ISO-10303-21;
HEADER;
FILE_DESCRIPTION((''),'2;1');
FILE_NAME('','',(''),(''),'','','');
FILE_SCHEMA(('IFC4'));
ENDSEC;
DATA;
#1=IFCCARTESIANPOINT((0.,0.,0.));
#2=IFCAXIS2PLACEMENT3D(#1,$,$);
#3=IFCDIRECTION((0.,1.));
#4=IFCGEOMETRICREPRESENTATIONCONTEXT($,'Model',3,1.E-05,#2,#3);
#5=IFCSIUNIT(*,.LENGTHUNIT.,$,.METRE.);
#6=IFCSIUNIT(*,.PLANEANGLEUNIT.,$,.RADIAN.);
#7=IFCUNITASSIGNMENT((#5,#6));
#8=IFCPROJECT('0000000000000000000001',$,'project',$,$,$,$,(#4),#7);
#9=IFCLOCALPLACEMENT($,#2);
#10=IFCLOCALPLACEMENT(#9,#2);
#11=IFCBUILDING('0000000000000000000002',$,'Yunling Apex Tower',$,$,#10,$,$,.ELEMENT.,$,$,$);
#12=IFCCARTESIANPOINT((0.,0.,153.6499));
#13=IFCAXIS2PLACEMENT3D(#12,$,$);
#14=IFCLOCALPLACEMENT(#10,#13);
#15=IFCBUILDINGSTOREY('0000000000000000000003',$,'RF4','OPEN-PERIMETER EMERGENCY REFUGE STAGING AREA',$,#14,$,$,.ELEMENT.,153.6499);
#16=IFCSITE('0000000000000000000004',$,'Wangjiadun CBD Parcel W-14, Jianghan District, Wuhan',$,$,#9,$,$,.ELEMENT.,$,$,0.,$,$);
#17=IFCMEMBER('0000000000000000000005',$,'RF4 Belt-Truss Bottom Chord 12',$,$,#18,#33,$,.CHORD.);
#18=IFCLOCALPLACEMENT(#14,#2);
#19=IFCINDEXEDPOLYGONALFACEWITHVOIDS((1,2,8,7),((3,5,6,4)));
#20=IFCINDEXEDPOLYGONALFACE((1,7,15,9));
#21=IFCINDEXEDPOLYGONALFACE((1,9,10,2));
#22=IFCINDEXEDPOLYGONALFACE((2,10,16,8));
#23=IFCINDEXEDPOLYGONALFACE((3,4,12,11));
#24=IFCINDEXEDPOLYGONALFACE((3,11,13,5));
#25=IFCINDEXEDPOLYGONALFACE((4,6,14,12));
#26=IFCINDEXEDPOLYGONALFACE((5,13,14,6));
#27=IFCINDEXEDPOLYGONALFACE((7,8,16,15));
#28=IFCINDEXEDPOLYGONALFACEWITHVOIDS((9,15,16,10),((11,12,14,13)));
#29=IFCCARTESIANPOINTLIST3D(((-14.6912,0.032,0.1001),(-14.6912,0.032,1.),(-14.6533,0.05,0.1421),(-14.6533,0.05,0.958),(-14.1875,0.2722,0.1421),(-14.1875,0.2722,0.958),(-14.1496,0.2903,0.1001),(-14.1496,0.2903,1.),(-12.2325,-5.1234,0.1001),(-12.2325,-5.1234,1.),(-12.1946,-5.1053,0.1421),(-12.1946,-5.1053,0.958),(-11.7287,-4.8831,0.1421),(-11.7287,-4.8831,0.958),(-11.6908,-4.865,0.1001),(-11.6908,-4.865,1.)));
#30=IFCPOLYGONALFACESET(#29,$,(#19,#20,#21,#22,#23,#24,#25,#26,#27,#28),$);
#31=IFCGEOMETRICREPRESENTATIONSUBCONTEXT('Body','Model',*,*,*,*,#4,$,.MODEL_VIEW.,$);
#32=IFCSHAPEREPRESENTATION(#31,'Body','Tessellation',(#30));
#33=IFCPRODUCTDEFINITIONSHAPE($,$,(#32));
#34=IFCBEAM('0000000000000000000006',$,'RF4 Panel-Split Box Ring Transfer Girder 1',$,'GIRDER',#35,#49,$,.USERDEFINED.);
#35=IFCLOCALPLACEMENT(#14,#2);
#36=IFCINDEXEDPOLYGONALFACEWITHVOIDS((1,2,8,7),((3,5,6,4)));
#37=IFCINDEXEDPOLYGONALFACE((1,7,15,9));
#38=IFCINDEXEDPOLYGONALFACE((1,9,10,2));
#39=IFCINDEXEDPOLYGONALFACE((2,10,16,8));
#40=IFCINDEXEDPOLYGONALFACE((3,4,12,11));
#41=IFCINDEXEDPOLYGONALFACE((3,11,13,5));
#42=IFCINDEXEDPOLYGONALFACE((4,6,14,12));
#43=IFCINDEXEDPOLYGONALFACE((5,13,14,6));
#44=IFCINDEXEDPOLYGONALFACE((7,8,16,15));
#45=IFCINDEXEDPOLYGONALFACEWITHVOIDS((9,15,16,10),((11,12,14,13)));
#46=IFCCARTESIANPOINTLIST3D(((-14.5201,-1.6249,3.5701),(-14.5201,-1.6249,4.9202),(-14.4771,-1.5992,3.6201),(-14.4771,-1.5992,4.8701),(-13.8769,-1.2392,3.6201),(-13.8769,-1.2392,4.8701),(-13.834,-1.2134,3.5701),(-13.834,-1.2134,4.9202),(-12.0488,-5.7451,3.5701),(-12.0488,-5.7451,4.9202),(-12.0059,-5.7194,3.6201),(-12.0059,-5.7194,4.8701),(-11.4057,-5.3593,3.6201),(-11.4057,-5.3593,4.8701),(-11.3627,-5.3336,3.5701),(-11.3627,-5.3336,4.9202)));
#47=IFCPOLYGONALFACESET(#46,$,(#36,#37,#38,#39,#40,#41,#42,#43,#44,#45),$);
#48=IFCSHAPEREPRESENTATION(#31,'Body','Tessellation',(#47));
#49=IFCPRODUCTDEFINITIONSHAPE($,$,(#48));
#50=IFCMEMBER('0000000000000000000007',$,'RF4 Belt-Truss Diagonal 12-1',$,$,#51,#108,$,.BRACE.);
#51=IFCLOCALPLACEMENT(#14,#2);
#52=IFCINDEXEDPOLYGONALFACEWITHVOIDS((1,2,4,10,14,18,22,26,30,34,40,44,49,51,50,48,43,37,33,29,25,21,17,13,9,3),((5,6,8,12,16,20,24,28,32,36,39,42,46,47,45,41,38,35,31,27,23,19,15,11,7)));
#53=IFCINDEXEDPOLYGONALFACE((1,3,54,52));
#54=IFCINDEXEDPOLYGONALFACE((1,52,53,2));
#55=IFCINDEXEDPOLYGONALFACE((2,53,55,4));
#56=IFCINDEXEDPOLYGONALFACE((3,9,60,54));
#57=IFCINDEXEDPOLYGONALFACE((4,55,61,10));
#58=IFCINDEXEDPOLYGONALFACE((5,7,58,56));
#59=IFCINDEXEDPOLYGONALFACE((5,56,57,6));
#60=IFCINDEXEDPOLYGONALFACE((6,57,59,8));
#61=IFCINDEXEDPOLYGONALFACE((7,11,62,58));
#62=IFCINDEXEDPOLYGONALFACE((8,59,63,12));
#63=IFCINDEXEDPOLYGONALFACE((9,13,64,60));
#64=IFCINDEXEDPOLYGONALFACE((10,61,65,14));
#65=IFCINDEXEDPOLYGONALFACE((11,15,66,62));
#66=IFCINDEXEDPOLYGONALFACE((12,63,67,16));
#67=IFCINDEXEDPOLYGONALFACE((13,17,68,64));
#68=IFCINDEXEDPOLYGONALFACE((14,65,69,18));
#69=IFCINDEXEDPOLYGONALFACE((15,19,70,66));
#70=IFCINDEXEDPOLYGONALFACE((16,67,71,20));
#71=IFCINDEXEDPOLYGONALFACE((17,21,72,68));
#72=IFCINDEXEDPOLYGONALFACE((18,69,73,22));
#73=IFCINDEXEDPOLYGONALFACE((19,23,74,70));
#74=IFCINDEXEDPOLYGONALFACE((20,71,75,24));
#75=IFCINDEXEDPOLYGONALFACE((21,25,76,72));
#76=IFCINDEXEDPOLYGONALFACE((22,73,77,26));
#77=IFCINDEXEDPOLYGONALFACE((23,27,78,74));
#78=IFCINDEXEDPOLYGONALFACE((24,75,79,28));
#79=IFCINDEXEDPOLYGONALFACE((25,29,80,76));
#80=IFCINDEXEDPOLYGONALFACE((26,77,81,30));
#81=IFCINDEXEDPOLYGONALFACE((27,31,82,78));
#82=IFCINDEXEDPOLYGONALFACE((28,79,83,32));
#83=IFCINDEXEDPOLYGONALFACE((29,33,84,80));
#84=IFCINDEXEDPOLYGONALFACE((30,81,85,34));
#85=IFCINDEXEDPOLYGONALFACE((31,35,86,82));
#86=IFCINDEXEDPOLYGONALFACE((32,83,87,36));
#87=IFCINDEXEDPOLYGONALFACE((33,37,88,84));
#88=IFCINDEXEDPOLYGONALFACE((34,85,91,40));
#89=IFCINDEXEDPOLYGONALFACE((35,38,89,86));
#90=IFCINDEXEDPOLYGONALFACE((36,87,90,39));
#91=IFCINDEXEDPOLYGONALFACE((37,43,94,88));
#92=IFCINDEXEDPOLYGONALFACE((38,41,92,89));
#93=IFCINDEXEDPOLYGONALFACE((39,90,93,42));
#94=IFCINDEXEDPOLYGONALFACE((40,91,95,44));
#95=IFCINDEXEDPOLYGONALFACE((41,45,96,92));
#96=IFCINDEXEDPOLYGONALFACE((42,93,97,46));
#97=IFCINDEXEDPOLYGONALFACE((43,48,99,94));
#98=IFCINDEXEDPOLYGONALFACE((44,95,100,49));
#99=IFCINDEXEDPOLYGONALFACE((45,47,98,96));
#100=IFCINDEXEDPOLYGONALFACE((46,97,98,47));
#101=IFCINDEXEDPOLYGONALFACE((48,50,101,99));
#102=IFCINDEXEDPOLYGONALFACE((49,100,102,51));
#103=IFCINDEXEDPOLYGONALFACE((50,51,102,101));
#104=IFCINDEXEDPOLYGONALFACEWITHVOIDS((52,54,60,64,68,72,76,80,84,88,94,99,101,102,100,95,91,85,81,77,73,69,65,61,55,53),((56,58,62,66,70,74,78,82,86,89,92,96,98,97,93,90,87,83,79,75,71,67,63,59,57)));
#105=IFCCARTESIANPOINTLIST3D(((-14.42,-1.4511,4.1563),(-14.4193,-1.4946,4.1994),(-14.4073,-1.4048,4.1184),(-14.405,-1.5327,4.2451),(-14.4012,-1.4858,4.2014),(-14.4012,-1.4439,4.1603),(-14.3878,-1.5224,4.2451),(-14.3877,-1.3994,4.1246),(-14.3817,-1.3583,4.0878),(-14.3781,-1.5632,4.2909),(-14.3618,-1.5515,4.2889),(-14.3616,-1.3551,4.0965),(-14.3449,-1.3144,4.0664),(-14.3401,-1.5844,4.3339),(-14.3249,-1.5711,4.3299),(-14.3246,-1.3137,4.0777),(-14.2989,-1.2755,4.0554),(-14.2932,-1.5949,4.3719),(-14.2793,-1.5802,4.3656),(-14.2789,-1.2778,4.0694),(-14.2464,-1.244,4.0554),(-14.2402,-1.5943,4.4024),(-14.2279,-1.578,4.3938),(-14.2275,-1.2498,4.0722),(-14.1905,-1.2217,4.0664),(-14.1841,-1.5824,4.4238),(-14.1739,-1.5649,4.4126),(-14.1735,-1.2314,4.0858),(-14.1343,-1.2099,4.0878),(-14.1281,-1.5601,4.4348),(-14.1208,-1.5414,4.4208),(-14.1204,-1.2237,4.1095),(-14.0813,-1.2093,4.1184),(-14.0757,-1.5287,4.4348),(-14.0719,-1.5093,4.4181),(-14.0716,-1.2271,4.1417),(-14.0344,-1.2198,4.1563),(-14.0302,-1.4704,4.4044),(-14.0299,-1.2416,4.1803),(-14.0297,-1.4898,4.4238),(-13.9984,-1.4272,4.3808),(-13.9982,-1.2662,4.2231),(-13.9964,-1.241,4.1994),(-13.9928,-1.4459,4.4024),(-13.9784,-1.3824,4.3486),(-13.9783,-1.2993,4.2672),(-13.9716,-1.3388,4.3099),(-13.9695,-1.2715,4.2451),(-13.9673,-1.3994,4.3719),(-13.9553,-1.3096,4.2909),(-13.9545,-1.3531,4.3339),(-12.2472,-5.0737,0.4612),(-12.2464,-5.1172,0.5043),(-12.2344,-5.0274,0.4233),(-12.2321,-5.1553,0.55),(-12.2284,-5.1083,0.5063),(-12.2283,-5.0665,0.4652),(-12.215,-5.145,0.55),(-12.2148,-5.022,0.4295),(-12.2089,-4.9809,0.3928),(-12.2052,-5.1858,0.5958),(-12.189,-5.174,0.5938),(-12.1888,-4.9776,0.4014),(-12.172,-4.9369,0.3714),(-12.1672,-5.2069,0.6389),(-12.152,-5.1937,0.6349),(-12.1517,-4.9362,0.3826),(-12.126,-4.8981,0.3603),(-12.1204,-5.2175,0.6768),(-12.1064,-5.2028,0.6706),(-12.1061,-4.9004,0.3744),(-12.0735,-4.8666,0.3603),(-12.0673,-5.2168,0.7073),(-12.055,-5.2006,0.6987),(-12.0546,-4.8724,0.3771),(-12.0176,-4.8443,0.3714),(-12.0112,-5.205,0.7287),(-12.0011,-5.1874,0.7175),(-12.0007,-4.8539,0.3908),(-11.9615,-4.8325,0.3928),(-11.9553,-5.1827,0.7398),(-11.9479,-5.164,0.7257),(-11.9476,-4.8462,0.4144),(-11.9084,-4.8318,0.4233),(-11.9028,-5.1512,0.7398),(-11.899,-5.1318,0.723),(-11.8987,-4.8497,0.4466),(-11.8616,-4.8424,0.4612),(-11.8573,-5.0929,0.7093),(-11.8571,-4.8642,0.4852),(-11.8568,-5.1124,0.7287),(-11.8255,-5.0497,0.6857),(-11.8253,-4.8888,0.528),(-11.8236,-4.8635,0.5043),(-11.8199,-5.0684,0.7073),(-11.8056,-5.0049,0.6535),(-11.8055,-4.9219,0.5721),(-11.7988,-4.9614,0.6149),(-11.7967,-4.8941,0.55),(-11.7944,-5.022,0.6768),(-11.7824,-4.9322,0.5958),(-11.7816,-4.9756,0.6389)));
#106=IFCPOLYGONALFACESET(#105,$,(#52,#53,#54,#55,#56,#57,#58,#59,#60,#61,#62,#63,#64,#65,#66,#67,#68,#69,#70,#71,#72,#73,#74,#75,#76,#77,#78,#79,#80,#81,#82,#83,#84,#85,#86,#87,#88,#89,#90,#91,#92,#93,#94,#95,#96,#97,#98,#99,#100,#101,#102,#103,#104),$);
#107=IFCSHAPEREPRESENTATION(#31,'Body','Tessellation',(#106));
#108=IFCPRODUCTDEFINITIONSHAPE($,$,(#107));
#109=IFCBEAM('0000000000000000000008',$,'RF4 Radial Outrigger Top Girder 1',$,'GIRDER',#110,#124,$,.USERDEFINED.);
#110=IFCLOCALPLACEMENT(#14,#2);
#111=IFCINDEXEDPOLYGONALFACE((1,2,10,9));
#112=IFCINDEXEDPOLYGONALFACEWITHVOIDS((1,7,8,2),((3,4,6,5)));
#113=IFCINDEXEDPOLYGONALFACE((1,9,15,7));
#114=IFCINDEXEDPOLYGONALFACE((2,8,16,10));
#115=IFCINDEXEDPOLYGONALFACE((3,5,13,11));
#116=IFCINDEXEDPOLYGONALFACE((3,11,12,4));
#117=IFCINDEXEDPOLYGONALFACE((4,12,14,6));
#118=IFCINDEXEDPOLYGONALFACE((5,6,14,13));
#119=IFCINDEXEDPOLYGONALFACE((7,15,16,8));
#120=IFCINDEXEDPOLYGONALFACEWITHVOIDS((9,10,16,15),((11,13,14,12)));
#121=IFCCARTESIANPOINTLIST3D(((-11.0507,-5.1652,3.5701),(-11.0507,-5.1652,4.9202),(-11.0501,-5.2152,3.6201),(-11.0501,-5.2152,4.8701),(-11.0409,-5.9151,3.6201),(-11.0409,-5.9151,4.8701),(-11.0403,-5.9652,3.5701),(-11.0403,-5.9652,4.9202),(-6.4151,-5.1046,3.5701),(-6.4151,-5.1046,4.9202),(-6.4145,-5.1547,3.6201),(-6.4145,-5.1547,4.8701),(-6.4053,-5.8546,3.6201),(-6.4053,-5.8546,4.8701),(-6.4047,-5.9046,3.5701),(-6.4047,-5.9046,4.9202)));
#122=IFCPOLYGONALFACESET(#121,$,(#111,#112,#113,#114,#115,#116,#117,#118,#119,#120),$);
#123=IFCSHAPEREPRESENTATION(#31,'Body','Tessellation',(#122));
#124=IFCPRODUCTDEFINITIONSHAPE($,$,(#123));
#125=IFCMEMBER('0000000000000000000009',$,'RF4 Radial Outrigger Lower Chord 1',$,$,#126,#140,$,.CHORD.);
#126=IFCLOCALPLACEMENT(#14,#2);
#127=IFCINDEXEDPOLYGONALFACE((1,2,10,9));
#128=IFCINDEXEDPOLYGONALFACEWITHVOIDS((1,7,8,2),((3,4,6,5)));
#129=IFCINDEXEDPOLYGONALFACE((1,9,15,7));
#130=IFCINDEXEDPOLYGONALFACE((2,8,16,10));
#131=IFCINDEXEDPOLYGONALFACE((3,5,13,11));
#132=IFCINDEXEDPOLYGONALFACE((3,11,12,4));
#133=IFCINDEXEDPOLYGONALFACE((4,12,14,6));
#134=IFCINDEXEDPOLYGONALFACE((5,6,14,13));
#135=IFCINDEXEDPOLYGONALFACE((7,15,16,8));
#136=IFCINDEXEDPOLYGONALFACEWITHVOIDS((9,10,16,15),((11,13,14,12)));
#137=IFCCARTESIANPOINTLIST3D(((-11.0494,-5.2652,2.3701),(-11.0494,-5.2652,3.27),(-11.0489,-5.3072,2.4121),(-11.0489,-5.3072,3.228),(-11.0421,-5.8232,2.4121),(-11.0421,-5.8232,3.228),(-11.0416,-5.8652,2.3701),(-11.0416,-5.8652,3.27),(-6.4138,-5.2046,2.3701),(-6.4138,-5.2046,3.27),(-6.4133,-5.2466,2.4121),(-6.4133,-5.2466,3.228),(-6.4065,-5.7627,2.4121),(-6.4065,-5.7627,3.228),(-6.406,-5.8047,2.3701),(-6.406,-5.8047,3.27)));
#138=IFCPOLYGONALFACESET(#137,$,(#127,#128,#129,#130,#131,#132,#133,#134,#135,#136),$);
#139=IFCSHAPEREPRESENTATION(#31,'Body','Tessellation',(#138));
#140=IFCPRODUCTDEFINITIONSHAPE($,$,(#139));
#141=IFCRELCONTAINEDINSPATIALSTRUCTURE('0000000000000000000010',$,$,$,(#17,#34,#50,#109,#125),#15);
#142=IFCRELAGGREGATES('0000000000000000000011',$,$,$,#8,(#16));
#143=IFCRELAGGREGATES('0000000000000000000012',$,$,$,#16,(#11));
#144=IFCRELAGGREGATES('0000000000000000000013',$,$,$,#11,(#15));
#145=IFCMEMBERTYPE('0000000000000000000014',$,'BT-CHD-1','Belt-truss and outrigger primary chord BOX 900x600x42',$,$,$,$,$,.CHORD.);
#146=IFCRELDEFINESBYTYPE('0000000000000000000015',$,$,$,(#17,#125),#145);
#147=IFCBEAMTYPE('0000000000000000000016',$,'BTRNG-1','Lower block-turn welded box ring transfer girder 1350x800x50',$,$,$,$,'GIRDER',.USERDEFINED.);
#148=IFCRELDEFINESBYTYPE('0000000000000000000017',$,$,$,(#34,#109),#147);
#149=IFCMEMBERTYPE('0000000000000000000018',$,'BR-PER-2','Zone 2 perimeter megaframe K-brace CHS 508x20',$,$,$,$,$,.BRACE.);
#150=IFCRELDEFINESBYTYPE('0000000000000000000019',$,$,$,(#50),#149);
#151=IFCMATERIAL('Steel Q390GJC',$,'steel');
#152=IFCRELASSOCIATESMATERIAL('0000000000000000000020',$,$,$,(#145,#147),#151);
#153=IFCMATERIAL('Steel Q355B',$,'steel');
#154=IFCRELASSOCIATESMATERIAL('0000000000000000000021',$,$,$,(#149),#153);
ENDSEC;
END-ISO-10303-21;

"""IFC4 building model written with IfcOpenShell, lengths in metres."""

from ifc_helpers import new_model, si_unit, direction, frame, origin, origin_2d, place, context, subcontext, project, spatial, hollow_rectangle, hollow_circle, extrude, source, transform, mapped, material, material_profile, profile_set, type_object, element, save


model = new_model("IFC4")

# Units and contexts
model_context = context("Model", 3, precision=1e-05, world=origin(), true_north=direction((0.0, 1.0)))
body_context = subcontext(model_context, "Body", "Model", "MODEL_VIEW")
ifc_project = project(units=[si_unit("LENGTHUNIT", "METRE"), si_unit("PLANEANGLEUNIT", "RADIAN")], contexts=[model_context])

# Site, building, storey
site_placement = place(None, origin())
site = spatial("IfcSite", under=ifc_project, at=site_placement, Name="Wangjiadun CBD Parcel W-14, Jianghan District, Wuhan", CompositionType="ELEMENT", RefElevation=0.0)
building_placement = place(site_placement, origin())
building = spatial("IfcBuilding", under=site, at=building_placement, Name="Yunling Apex Tower", CompositionType="ELEMENT")
storey_placement = place(building_placement, frame((0.0, 0.0, 153.6499)))
storey = spatial("IfcBuildingStorey", under=building, at=storey_placement, Name="RF4", Description="OPEN-PERIMETER EMERGENCY REFUGE STAGING AREA", CompositionType="ELEMENT", Elevation=153.6499)

# Member
ifc_material_1 = material(Name="Steel Q390GJC", Category="steel")
ifc_material_profile_1 = material_profile(ifc_material_1, hollow_rectangle(XDim=0.6001, YDim=0.8999, WallThickness=0.042, at=origin_2d()))
ifc_profile_set_1 = profile_set([ifc_material_profile_1], Name="Steel Q390GJC")
member_type_1 = type_object("IfcMemberType", Name="BT-CHD-1", Description="Belt-truss and outrigger primary chord BOX 900x600x42", PredefinedType="CHORD", material=ifc_profile_set_1)
shared_shape_1 = source(origin(), body_context, "Body", "SweptSolid", [
    extrude(hollow_rectangle(XDim=0.6001, YDim=0.8999, WallThickness=0.042, at=origin_2d()), origin(), (0.0, 0.0, 1.0), 5.7117),
])
member_1_placement = place(storey_placement, frame((-14.4204, 0.1611, 0.55), z_axis=(0.430483, -0.902599, 0.0), x_axis=(0.902599, 0.430483, 0.0)))
element("IfcMember", 1, at=member_1_placement, inside=storey, type_object=member_type_1, Name="RF4 Belt-Truss Bottom Chord 12", PredefinedType="CHORD", context=body_context, shape_type="MappedRepresentation", body=[
    mapped(shared_shape_1, transform((0.0, 0.0, 0.0), scale=1.0)),
])

# Beam
ifc_material_profile_2 = material_profile(ifc_material_1, hollow_rectangle(XDim=0.8, YDim=1.3501, WallThickness=0.05, at=origin_2d()))
ifc_profile_set_2 = profile_set([ifc_material_profile_2], Name="Steel Q390GJC")
beam_type = type_object("IfcBeamType", Name="BTRNG-1", Description="Lower block-turn welded box ring transfer girder 1350x800x50", ElementType="GIRDER", PredefinedType="USERDEFINED", material=ifc_profile_set_2)
shared_shape_2 = source(origin(), body_context, "Body", "SweptSolid", [
    extrude(hollow_rectangle(XDim=0.8, YDim=1.3501, WallThickness=0.05, at=origin_2d()), origin(), (0.0, 0.0, 1.0), 4.8044),
])
beam_1_placement = place(storey_placement, frame((-14.177, -1.4192, 4.2451), z_axis=(0.514361, -0.857574, 0.0), x_axis=(0.857574, 0.514361, 0.0)))
element("IfcBeam", 2, at=beam_1_placement, inside=storey, type_object=beam_type, Name="RF4 Panel-Split Box Ring Transfer Girder 1", ObjectType="GIRDER", PredefinedType="USERDEFINED", context=body_context, shape_type="MappedRepresentation", body=[
    mapped(shared_shape_2, transform((0.0, 0.0, 0.0), scale=1.0)),
])

# Member
ifc_material_2 = material(Name="Steel Q355B", Category="steel")
ifc_material_profile_3 = material_profile(ifc_material_2, hollow_circle(Radius=0.2539, WallThickness=0.02, at=origin_2d()))
ifc_profile_set_3 = profile_set([ifc_material_profile_3], Name="Steel Q355B")
member_type_2 = type_object("IfcMemberType", Name="BR-PER-2", Description="Zone 2 perimeter megaframe K-brace CHS 508x20", PredefinedType="BRACE", material=ifc_profile_set_3)
shared_shape_3 = source(origin(), body_context, "Body", "SweptSolid", [
    extrude(hollow_circle(Radius=0.2539, WallThickness=0.02, at=origin_2d()), origin(), (0.0, 0.0, 1.0), 5.6123),
])
member_2_placement = place(storey_placement, frame((-12.0144, -5.0247, 0.55), z_axis=(-0.38716, 0.645469, 0.658389), x_axis=(-0.857564, -0.514377, 0.0)))
element("IfcMember", 3, at=member_2_placement, inside=storey, type_object=member_type_2, Name="RF4 Belt-Truss Diagonal 12-1", PredefinedType="BRACE", context=body_context, shape_type="MappedRepresentation", body=[
    mapped(shared_shape_3, transform((0.0, 0.0, 0.0), scale=1.0)),
])

# Beam
shared_shape_4 = source(origin(), body_context, "Body", "SweptSolid", [
    extrude(hollow_rectangle(XDim=0.8, YDim=1.3501, WallThickness=0.05, at=origin_2d()), origin(), (0.0, 0.0, 1.0), 4.636),
])
beam_2_placement = place(storey_placement, frame((-6.4099, -5.5046, 4.2451), z_axis=(-0.999915, -0.01306, 0.0), x_axis=(0.01306, -0.999915, 0.0)))
element("IfcBeam", 4, at=beam_2_placement, inside=storey, type_object=beam_type, Name="RF4 Radial Outrigger Top Girder 1", ObjectType="GIRDER", PredefinedType="USERDEFINED", context=body_context, shape_type="MappedRepresentation", body=[
    mapped(shared_shape_4, transform((0.0, 0.0, 0.0), scale=1.0)),
])

# Member
shared_shape_5 = source(origin(), body_context, "Body", "SweptSolid", [
    extrude(hollow_rectangle(XDim=0.6001, YDim=0.8999, WallThickness=0.042, at=origin_2d()), origin(), (0.0, 0.0, 1.0), 4.636),
])
member_3_placement = place(storey_placement, frame((-6.4099, -5.5046, 2.8201), z_axis=(-0.999915, -0.01306, 0.0), x_axis=(0.01306, -0.999915, 0.0)))
element("IfcMember", 5, at=member_3_placement, inside=storey, type_object=member_type_1, Name="RF4 Radial Outrigger Lower Chord 1", PredefinedType="CHORD", context=body_context, shape_type="MappedRepresentation", body=[
    mapped(shared_shape_5, transform((0.0, 0.0, 0.0), scale=1.0)),
])

save(model, "model.ifc")
